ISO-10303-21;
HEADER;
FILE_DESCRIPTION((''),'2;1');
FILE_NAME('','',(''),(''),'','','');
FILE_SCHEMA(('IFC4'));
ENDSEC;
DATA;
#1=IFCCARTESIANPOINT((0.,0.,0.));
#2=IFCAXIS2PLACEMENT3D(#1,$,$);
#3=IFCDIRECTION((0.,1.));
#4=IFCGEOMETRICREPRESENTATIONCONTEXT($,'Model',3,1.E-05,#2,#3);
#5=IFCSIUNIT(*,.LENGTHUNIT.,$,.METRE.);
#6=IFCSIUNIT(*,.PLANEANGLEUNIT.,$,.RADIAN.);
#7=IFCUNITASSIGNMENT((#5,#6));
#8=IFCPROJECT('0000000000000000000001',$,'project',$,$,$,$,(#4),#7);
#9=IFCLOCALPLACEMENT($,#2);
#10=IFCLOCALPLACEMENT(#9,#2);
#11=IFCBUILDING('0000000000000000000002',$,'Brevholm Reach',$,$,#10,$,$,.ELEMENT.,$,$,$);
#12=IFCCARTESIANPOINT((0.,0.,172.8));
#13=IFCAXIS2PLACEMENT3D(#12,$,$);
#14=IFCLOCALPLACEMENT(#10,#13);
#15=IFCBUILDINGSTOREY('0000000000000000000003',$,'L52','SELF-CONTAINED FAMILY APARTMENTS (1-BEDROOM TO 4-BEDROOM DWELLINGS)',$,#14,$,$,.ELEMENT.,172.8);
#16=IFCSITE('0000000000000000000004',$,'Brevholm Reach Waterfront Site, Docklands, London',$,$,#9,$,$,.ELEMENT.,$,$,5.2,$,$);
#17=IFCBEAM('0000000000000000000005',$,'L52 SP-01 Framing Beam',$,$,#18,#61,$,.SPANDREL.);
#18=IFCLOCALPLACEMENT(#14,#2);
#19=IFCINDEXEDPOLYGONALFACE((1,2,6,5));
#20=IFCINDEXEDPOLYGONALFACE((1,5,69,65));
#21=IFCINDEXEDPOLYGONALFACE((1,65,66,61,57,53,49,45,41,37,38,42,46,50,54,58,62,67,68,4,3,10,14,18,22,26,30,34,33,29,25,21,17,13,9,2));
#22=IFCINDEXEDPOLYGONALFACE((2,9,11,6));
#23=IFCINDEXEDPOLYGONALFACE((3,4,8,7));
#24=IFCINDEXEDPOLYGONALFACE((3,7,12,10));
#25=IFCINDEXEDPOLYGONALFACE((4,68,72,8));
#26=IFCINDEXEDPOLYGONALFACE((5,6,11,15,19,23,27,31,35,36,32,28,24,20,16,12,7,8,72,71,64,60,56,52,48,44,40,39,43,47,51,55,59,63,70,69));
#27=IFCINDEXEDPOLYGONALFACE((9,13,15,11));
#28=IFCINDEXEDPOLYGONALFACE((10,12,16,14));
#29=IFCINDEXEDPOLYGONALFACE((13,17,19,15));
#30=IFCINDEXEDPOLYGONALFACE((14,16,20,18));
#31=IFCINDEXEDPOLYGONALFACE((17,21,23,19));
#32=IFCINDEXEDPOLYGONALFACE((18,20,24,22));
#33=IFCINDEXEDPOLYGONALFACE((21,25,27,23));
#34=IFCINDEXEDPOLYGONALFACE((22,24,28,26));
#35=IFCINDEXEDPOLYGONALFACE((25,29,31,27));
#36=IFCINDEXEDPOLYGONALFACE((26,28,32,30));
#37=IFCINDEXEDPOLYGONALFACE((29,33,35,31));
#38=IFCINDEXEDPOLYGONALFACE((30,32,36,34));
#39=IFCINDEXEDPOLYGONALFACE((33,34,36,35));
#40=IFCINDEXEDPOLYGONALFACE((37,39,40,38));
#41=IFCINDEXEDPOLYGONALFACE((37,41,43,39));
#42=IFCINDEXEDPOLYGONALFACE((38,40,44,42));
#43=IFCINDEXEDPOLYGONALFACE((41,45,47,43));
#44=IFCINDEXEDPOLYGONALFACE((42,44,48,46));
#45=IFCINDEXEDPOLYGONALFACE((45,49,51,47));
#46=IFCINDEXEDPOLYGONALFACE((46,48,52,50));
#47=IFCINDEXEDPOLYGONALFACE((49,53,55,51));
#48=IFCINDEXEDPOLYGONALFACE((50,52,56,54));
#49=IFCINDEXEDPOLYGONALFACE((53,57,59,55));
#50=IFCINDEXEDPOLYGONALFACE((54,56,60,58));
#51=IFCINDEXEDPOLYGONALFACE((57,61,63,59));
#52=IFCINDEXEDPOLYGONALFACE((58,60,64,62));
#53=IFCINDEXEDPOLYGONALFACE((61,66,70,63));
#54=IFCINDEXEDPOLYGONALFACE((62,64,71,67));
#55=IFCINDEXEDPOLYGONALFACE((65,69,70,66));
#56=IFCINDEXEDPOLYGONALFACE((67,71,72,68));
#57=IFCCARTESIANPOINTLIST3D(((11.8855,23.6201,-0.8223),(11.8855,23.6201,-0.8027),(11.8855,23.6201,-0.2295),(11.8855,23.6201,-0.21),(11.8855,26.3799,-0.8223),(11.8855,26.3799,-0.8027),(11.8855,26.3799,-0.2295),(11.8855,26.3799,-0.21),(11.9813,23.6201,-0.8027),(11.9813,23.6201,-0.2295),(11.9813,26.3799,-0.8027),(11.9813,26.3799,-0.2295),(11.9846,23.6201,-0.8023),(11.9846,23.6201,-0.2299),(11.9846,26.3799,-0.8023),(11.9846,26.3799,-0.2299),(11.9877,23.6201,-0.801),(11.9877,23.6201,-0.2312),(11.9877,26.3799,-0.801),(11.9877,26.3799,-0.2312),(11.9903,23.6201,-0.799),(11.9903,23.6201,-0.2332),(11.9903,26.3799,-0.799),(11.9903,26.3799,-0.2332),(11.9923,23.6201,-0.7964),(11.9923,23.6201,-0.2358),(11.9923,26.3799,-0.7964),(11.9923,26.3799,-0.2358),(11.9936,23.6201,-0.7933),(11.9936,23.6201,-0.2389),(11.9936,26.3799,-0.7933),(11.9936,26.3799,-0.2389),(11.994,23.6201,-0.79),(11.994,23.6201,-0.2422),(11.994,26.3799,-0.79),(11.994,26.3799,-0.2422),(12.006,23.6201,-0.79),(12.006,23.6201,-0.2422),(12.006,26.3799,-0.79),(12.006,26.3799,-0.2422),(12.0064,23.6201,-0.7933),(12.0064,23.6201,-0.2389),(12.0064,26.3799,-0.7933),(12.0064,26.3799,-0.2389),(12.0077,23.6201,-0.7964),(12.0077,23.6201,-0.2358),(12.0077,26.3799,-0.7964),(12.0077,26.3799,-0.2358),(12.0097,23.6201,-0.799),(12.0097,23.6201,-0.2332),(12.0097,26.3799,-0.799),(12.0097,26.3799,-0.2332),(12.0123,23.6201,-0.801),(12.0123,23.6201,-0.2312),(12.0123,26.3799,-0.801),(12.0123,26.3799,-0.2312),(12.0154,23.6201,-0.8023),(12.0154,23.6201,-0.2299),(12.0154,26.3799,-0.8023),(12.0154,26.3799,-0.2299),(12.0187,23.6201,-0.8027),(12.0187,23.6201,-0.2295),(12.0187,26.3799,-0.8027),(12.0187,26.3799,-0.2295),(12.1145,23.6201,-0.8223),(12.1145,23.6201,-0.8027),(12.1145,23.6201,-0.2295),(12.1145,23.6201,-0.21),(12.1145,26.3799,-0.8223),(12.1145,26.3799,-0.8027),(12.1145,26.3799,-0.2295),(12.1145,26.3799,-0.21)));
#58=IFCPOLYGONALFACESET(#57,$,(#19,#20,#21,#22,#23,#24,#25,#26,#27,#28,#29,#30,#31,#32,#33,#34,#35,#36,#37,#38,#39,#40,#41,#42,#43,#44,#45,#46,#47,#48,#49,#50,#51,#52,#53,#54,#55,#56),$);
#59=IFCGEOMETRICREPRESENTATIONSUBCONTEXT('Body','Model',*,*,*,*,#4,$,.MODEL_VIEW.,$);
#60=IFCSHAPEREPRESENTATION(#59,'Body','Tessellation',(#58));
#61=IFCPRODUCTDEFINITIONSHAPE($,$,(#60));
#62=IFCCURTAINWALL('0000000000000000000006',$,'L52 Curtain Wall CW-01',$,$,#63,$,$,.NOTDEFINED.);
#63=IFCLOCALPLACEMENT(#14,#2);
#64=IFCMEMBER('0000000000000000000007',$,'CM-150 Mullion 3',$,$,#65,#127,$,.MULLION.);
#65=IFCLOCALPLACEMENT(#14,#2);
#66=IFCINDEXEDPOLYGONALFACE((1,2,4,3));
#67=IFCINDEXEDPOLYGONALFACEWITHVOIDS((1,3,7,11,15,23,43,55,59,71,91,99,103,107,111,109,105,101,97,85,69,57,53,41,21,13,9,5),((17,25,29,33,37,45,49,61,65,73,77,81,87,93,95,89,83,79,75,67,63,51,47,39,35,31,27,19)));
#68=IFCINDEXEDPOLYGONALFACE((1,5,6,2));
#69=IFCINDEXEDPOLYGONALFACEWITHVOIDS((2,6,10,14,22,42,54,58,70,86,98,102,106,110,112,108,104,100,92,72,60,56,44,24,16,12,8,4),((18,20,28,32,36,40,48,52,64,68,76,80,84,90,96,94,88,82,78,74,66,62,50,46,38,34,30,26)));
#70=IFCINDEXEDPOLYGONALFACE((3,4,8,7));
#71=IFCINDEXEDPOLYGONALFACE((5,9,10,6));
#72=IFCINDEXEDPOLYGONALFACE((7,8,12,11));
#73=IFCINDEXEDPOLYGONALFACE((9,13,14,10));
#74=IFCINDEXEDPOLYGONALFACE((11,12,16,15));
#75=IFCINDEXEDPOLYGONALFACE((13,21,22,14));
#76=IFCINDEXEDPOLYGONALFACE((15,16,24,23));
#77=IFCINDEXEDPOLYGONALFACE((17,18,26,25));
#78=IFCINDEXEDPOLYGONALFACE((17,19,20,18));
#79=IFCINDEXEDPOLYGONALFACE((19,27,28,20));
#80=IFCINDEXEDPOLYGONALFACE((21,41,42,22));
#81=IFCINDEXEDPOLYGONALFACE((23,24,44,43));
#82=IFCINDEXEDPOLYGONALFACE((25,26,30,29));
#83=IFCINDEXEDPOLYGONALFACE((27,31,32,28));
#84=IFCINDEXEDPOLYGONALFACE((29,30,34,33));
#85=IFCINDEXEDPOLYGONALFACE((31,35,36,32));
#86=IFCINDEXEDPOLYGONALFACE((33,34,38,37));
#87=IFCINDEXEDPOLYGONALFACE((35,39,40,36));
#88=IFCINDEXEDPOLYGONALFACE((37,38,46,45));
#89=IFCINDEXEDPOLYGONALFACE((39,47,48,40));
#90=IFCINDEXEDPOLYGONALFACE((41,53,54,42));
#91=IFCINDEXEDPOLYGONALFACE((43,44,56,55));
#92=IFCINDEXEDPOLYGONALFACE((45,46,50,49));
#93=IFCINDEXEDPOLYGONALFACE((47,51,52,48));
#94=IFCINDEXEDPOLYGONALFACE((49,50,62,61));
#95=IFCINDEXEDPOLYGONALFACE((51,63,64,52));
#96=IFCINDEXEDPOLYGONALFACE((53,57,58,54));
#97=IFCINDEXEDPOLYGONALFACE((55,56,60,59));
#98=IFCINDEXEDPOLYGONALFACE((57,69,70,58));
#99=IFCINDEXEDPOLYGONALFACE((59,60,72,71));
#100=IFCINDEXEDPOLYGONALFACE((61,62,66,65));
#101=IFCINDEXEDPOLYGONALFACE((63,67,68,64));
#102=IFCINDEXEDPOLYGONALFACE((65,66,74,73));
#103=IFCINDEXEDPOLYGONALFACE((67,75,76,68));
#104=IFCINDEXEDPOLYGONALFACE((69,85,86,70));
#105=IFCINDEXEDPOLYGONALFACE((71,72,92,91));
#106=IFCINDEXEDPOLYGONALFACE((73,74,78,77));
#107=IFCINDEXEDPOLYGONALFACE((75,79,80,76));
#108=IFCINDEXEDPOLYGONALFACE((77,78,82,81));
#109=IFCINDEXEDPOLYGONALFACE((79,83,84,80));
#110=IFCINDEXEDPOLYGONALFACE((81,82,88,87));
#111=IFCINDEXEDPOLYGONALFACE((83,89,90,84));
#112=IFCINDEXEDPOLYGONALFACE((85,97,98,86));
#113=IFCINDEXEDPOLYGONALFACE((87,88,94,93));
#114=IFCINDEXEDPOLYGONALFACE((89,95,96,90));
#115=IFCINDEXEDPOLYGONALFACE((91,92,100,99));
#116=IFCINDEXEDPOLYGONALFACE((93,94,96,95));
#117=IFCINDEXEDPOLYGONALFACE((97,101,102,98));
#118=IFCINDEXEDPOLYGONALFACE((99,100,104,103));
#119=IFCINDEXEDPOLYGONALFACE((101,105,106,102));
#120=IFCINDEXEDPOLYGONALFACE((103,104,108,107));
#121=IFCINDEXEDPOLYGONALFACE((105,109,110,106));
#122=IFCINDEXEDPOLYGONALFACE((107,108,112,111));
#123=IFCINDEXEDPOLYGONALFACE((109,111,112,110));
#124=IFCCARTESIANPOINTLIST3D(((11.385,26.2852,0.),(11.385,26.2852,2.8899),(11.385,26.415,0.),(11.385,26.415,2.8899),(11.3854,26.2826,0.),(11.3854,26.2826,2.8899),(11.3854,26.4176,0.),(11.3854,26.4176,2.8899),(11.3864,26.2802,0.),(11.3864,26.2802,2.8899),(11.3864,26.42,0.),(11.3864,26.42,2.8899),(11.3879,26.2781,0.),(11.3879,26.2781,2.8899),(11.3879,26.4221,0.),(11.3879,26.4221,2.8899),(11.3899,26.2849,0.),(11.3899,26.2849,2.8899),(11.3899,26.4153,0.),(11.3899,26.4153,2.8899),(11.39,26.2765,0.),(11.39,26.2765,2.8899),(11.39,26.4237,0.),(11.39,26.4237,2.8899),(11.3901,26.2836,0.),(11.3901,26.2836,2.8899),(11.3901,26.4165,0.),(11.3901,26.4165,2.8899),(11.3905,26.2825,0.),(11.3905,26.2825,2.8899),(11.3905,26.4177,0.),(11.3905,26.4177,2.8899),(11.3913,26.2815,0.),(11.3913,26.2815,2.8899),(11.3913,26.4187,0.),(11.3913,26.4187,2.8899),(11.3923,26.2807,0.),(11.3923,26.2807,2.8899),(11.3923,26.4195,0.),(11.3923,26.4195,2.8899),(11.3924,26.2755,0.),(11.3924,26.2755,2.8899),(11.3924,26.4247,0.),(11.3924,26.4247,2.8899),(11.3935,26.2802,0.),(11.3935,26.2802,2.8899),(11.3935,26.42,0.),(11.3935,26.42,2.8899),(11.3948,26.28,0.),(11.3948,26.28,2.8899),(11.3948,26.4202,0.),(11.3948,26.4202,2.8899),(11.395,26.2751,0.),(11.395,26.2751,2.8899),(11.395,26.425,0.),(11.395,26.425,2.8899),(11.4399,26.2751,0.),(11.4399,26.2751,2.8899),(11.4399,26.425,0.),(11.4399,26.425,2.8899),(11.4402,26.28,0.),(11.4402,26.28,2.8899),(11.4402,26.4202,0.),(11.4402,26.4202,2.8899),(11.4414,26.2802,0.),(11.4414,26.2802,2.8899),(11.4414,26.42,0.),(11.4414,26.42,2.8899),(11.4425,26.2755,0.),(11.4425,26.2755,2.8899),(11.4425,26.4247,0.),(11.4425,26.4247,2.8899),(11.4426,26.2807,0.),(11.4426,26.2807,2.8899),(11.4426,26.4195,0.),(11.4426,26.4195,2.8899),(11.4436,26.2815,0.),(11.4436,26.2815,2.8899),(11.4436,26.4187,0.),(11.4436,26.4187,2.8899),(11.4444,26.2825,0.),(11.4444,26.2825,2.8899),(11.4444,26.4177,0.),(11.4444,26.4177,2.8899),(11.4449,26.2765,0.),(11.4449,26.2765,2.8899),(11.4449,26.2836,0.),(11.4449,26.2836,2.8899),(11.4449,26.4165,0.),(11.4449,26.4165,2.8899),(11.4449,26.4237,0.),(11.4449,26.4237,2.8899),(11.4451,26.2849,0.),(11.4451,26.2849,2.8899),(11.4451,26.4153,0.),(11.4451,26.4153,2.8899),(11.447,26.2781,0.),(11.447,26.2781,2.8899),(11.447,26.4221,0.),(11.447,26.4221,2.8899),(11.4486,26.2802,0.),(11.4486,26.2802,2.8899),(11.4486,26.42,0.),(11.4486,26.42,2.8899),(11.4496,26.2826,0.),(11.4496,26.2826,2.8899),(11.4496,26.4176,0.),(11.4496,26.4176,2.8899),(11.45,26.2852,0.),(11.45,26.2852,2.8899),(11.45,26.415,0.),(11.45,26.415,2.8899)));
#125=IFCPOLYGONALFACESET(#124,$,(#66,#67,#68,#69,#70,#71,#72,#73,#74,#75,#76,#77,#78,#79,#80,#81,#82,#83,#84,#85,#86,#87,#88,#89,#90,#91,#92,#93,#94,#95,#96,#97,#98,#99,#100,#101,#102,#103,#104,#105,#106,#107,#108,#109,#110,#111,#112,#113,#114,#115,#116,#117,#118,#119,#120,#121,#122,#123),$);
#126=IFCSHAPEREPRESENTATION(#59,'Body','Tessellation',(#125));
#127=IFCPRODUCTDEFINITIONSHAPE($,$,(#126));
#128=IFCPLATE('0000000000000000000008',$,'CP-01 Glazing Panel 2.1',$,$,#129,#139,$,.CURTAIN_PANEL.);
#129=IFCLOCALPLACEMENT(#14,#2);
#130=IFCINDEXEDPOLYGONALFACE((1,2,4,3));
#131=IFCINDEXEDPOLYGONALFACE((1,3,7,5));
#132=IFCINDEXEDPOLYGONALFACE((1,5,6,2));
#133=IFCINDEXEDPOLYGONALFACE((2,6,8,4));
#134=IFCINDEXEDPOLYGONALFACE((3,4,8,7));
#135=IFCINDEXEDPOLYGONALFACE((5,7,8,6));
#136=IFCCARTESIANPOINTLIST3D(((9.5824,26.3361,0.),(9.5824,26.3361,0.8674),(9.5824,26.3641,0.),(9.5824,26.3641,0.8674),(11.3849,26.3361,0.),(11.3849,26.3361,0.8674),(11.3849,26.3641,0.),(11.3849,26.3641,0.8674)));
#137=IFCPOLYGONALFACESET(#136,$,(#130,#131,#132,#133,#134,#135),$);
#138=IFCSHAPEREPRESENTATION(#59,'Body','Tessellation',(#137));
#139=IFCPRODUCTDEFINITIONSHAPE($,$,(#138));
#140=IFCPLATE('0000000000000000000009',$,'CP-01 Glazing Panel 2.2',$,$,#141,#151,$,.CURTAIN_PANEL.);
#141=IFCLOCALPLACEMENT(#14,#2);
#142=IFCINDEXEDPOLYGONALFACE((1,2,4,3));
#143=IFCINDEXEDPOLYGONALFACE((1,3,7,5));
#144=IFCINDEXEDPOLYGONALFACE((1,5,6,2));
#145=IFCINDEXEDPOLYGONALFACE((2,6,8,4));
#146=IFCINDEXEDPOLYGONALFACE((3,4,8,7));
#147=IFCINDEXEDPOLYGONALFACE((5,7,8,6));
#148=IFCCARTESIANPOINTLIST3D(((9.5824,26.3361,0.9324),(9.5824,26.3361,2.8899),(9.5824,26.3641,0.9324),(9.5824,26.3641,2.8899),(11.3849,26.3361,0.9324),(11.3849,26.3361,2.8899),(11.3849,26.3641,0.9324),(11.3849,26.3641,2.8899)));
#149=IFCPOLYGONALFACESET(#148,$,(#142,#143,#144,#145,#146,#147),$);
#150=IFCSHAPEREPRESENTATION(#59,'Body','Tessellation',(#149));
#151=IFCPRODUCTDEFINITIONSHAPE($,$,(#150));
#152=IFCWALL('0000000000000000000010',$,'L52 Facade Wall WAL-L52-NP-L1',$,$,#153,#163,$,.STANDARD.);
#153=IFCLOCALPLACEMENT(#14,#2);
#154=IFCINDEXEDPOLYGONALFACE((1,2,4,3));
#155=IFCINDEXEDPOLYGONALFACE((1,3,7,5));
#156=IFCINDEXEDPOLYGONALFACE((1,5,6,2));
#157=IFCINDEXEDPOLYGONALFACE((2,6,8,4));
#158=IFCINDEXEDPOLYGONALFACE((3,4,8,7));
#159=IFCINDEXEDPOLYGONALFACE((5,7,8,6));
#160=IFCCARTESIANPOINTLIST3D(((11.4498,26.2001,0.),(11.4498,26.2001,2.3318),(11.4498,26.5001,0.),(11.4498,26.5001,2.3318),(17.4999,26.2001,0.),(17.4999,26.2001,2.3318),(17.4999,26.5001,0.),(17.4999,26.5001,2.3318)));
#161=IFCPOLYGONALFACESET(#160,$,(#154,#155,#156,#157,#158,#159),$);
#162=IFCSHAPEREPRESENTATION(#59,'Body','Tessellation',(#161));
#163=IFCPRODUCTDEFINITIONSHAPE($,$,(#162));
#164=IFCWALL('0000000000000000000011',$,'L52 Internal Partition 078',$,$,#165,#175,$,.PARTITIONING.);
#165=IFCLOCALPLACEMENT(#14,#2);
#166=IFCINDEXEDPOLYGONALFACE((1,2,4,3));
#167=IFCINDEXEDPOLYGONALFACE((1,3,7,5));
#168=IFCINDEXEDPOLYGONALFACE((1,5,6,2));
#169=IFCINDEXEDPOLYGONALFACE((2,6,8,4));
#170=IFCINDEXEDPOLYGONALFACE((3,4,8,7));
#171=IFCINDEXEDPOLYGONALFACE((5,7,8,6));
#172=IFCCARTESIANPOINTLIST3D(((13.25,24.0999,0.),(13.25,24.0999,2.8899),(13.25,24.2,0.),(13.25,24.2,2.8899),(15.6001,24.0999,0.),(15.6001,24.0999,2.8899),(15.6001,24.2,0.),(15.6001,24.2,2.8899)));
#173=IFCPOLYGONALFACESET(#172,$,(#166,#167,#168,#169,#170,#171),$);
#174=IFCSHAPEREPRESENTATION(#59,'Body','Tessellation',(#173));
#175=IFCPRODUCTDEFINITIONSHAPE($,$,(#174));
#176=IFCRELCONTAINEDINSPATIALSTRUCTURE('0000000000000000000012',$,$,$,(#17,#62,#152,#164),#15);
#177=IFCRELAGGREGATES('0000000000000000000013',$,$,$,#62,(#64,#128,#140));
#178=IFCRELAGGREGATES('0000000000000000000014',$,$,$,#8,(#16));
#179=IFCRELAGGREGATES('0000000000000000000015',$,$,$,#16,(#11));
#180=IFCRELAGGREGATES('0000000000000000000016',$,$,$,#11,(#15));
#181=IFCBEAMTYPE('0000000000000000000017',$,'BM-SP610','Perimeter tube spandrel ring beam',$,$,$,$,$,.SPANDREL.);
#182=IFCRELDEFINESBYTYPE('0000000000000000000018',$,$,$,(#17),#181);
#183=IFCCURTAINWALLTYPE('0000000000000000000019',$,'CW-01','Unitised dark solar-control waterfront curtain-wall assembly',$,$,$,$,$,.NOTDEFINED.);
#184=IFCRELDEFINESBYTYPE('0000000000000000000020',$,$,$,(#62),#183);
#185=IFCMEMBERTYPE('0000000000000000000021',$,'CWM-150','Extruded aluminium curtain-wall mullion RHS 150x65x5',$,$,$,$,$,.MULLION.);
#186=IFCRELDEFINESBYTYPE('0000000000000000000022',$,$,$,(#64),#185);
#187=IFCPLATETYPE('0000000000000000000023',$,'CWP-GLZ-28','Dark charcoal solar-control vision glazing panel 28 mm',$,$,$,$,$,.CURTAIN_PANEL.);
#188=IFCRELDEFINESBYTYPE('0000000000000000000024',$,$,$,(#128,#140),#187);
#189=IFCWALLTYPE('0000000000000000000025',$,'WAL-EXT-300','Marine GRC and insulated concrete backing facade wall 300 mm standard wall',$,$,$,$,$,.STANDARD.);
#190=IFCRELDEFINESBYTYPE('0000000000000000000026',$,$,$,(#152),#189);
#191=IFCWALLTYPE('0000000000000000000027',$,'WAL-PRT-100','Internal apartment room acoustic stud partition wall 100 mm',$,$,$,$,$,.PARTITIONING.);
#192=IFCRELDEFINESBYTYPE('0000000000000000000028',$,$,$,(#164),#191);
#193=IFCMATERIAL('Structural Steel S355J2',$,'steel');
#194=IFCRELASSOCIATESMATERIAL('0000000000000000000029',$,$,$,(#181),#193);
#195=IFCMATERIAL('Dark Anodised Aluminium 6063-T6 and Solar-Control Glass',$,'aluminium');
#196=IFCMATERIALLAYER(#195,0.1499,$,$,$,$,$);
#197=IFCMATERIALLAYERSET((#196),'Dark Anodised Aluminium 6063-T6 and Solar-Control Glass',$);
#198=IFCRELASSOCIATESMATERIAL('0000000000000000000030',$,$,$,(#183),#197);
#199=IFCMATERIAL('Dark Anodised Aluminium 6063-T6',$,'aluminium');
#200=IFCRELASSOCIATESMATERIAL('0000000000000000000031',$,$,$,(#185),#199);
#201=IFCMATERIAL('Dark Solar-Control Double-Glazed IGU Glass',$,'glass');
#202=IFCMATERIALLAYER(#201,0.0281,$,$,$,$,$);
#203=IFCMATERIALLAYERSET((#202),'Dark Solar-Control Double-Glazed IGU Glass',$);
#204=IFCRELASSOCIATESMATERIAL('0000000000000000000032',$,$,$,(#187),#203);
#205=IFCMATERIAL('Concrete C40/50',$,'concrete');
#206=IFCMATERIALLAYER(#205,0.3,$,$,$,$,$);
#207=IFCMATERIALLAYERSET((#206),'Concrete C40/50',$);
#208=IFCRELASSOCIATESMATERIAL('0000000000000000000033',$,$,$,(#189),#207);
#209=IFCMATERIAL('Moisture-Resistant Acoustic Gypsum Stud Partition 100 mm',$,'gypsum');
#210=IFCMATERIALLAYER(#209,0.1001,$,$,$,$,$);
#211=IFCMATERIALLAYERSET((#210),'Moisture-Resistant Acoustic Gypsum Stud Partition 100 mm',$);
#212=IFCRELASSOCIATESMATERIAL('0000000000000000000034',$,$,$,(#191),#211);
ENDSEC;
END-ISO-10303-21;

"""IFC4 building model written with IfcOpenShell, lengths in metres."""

from ifc_helpers import new_model, si_unit, direction, frame, frame_2d, origin, origin_2d, place, context, subcontext, project, spatial, rectangle, hollow_rectangle, i_section, extrude, material, layer, layer_set, material_profile, profile_set, type_object, element, aggregate, save


model = new_model("IFC4")

# Units and contexts
model_context = context("Model", 3, precision=1e-05, world=origin(), true_north=direction((0.0, 1.0)))
body_context = subcontext(model_context, "Body", "Model", "MODEL_VIEW")
ifc_project = project(units=[si_unit("LENGTHUNIT", "METRE"), si_unit("PLANEANGLEUNIT", "RADIAN")], contexts=[model_context])

# Site, building, storey
site_placement = place(None, origin())
site = spatial("IfcSite", under=ifc_project, at=site_placement, Name="Brevholm Reach Waterfront Site, Docklands, London", CompositionType="ELEMENT", RefElevation=5.2)
building_placement = place(site_placement, origin())
building = spatial("IfcBuilding", under=site, at=building_placement, Name="Brevholm Reach", CompositionType="ELEMENT")
storey_placement = place(building_placement, frame((0.0, 0.0, 172.8)))
storey = spatial("IfcBuildingStorey", under=building, at=storey_placement, Name="L52", Description="SELF-CONTAINED FAMILY APARTMENTS (1-BEDROOM TO 4-BEDROOM DWELLINGS)", CompositionType="ELEMENT", Elevation=172.8)

# Beam
ifc_material_1 = material(Name="Structural Steel S355J2", Category="steel")
ifc_material_profile_1 = material_profile(ifc_material_1, i_section(OverallWidth=0.229, OverallDepth=0.6123, WebThickness=0.012, FlangeThickness=0.0195, FilletRadius=0.0127, at=origin_2d()), Name="UKB 610x229x125")
ifc_profile_set_1 = profile_set([ifc_material_profile_1], Name="Structural Steel S355J2")
beam_type_1 = type_object("IfcBeamType", Name="BM-SP610", Description="Perimeter tube spandrel ring beam", PredefinedType="SPANDREL", material=ifc_profile_set_1)
beam_1_placement = place(storey_placement, frame((12.0, 23.6201, -0.5161), z_axis=(0.0, 1.0, 0.0), x_axis=(-1.0, 0.0, 0.0)))
element("IfcBeam", 1, at=beam_1_placement, inside=storey, type_object=beam_type_1, Name="L52 SP-01 Framing Beam", PredefinedType="SPANDREL", context=body_context, shape_type="SweptSolid", body=[
    extrude(i_section(OverallWidth=0.229, OverallDepth=0.6123, WebThickness=0.012, FlangeThickness=0.0195, FilletRadius=0.0127, at=origin_2d()), origin(), (0.0, 0.0, 1.0), 2.7598),
])

# Curtain wall, member, plates
ifc_material_2 = material(Name="Dark Anodised Aluminium 6063-T6 and Solar-Control Glass", Category="aluminium")
ifc_layer_1 = layer(ifc_material_2, 0.1499)
ifc_layer_set_1 = layer_set([ifc_layer_1], Name="Dark Anodised Aluminium 6063-T6 and Solar-Control Glass")
curtain_wall_type = type_object("IfcCurtainWallType", Name="CW-01", Description="Unitised dark solar-control waterfront curtain-wall assembly", PredefinedType="NOTDEFINED", material=ifc_layer_set_1)
curtain_wall_placement = place(storey_placement, origin())
curtain_wall = element("IfcCurtainWall", 2, at=curtain_wall_placement, inside=storey, type_object=curtain_wall_type, Name="L52 Curtain Wall CW-01", PredefinedType="NOTDEFINED")
ifc_material_3 = material(Name="Dark Anodised Aluminium 6063-T6", Category="aluminium")
ifc_material_profile_2 = material_profile(ifc_material_3, hollow_rectangle(XDim=0.0649, YDim=0.1499, WallThickness=0.0049, InnerFilletRadius=0.0049, OuterFilletRadius=0.01, at=origin_2d()), Name="RHS 150x65x5")
ifc_profile_set_2 = profile_set([ifc_material_profile_2], Name="Dark Anodised Aluminium 6063-T6")
member_type = type_object("IfcMemberType", Name="CWM-150", Description="Extruded aluminium curtain-wall mullion RHS 150x65x5", PredefinedType="MULLION", material=ifc_profile_set_2)
member_placement = place(storey_placement, frame((11.4175, 26.3501, 0.0), z_axis=(0.0, 0.0, 1.0), x_axis=(1.0, 0.0, 0.0)))
member = element("IfcMember", 3, at=member_placement, type_object=member_type, Name="CM-150 Mullion 3", PredefinedType="MULLION", context=body_context, shape_type="SweptSolid", body=[
    extrude(hollow_rectangle(XDim=0.0649, YDim=0.1499, WallThickness=0.0049, InnerFilletRadius=0.0049, OuterFilletRadius=0.01, at=origin_2d()), origin(), (0.0, 0.0, 1.0), 2.8899),
])
ifc_material_4 = material(Name="Dark Solar-Control Double-Glazed IGU Glass", Category="glass")
ifc_layer_2 = layer(ifc_material_4, 0.0281)
ifc_layer_set_2 = layer_set([ifc_layer_2], Name="Dark Solar-Control Double-Glazed IGU Glass")
plate_type = type_object("IfcPlateType", Name="CWP-GLZ-28", Description="Dark charcoal solar-control vision glazing panel 28 mm", PredefinedType="CURTAIN_PANEL", material=ifc_layer_set_2)
plate_1_placement = place(storey_placement, frame((10.4836, 26.3501, 0.0), z_axis=(0.0, 0.0, 1.0), x_axis=(1.0, 0.0, 0.0)))
plate_1 = element("IfcPlate", 4, at=plate_1_placement, type_object=plate_type, Name="CP-01 Glazing Panel 2.1", PredefinedType="CURTAIN_PANEL", context=body_context, shape_type="SweptSolid", body=[
    extrude(rectangle(XDim=1.8025, YDim=0.0281, at=origin_2d()), origin(), (0.0, 0.0, 1.0), 0.8674),
])
plate_2_placement = place(storey_placement, frame((10.4836, 26.3501, 0.9324), z_axis=(0.0, 0.0, 1.0), x_axis=(1.0, 0.0, 0.0)))
plate_2 = element("IfcPlate", 5, at=plate_2_placement, type_object=plate_type, Name="CP-01 Glazing Panel 2.2", PredefinedType="CURTAIN_PANEL", context=body_context, shape_type="SweptSolid", body=[
    extrude(rectangle(XDim=1.8025, YDim=0.0281, at=origin_2d()), origin(), (0.0, 0.0, 1.0), 1.9575),
])
aggregate(curtain_wall, [member, plate_1, plate_2])

# Walls
ifc_material_5 = material(Name="Concrete C40/50", Category="concrete")
ifc_layer_3 = layer(ifc_material_5, 0.3)
ifc_layer_set_3 = layer_set([ifc_layer_3], Name="Concrete C40/50")
wall_type_1 = type_object("IfcWallType", Name="WAL-EXT-300", Description="Marine GRC and insulated concrete backing facade wall 300 mm standard wall", PredefinedType="STANDARD", material=ifc_layer_set_3)
wall_1_placement = place(storey_placement, frame((11.45, 26.3501, 0.0), z_axis=(0.0, 0.0, 1.0), x_axis=(1.0, 0.0, 0.0)))
element("IfcWall", 6, at=wall_1_placement, inside=storey, type_object=wall_type_1, Name="L52 Facade Wall WAL-L52-NP-L1", PredefinedType="STANDARD", context=body_context, shape_type="SweptSolid", body=[
    extrude(rectangle(XDim=6.05, YDim=0.3, at=frame_2d((3.0249, 0.0))), origin(), (0.0, 0.0, 1.0), 2.3318),
])
ifc_material_6 = material(Name="Moisture-Resistant Acoustic Gypsum Stud Partition 100 mm", Category="gypsum")
ifc_layer_4 = layer(ifc_material_6, 0.1001)
ifc_layer_set_4 = layer_set([ifc_layer_4], Name="Moisture-Resistant Acoustic Gypsum Stud Partition 100 mm")
wall_type_2 = type_object("IfcWallType", Name="WAL-PRT-100", Description="Internal apartment room acoustic stud partition wall 100 mm", PredefinedType="PARTITIONING", material=ifc_layer_set_4)
wall_2_placement = place(storey_placement, frame((13.25, 24.1499, 0.0), z_axis=(0.0, 0.0, 1.0), x_axis=(1.0, 0.0, 0.0)))
element("IfcWall", 7, at=wall_2_placement, inside=storey, type_object=wall_type_2, Name="L52 Internal Partition 078", PredefinedType="PARTITIONING", context=body_context, shape_type="SweptSolid", body=[
    extrude(rectangle(XDim=2.3501, YDim=0.1001, at=frame_2d((1.175, 0.0))), origin(), (0.0, 0.0, 1.0), 2.8899),
])

save(model, "model.ifc")
